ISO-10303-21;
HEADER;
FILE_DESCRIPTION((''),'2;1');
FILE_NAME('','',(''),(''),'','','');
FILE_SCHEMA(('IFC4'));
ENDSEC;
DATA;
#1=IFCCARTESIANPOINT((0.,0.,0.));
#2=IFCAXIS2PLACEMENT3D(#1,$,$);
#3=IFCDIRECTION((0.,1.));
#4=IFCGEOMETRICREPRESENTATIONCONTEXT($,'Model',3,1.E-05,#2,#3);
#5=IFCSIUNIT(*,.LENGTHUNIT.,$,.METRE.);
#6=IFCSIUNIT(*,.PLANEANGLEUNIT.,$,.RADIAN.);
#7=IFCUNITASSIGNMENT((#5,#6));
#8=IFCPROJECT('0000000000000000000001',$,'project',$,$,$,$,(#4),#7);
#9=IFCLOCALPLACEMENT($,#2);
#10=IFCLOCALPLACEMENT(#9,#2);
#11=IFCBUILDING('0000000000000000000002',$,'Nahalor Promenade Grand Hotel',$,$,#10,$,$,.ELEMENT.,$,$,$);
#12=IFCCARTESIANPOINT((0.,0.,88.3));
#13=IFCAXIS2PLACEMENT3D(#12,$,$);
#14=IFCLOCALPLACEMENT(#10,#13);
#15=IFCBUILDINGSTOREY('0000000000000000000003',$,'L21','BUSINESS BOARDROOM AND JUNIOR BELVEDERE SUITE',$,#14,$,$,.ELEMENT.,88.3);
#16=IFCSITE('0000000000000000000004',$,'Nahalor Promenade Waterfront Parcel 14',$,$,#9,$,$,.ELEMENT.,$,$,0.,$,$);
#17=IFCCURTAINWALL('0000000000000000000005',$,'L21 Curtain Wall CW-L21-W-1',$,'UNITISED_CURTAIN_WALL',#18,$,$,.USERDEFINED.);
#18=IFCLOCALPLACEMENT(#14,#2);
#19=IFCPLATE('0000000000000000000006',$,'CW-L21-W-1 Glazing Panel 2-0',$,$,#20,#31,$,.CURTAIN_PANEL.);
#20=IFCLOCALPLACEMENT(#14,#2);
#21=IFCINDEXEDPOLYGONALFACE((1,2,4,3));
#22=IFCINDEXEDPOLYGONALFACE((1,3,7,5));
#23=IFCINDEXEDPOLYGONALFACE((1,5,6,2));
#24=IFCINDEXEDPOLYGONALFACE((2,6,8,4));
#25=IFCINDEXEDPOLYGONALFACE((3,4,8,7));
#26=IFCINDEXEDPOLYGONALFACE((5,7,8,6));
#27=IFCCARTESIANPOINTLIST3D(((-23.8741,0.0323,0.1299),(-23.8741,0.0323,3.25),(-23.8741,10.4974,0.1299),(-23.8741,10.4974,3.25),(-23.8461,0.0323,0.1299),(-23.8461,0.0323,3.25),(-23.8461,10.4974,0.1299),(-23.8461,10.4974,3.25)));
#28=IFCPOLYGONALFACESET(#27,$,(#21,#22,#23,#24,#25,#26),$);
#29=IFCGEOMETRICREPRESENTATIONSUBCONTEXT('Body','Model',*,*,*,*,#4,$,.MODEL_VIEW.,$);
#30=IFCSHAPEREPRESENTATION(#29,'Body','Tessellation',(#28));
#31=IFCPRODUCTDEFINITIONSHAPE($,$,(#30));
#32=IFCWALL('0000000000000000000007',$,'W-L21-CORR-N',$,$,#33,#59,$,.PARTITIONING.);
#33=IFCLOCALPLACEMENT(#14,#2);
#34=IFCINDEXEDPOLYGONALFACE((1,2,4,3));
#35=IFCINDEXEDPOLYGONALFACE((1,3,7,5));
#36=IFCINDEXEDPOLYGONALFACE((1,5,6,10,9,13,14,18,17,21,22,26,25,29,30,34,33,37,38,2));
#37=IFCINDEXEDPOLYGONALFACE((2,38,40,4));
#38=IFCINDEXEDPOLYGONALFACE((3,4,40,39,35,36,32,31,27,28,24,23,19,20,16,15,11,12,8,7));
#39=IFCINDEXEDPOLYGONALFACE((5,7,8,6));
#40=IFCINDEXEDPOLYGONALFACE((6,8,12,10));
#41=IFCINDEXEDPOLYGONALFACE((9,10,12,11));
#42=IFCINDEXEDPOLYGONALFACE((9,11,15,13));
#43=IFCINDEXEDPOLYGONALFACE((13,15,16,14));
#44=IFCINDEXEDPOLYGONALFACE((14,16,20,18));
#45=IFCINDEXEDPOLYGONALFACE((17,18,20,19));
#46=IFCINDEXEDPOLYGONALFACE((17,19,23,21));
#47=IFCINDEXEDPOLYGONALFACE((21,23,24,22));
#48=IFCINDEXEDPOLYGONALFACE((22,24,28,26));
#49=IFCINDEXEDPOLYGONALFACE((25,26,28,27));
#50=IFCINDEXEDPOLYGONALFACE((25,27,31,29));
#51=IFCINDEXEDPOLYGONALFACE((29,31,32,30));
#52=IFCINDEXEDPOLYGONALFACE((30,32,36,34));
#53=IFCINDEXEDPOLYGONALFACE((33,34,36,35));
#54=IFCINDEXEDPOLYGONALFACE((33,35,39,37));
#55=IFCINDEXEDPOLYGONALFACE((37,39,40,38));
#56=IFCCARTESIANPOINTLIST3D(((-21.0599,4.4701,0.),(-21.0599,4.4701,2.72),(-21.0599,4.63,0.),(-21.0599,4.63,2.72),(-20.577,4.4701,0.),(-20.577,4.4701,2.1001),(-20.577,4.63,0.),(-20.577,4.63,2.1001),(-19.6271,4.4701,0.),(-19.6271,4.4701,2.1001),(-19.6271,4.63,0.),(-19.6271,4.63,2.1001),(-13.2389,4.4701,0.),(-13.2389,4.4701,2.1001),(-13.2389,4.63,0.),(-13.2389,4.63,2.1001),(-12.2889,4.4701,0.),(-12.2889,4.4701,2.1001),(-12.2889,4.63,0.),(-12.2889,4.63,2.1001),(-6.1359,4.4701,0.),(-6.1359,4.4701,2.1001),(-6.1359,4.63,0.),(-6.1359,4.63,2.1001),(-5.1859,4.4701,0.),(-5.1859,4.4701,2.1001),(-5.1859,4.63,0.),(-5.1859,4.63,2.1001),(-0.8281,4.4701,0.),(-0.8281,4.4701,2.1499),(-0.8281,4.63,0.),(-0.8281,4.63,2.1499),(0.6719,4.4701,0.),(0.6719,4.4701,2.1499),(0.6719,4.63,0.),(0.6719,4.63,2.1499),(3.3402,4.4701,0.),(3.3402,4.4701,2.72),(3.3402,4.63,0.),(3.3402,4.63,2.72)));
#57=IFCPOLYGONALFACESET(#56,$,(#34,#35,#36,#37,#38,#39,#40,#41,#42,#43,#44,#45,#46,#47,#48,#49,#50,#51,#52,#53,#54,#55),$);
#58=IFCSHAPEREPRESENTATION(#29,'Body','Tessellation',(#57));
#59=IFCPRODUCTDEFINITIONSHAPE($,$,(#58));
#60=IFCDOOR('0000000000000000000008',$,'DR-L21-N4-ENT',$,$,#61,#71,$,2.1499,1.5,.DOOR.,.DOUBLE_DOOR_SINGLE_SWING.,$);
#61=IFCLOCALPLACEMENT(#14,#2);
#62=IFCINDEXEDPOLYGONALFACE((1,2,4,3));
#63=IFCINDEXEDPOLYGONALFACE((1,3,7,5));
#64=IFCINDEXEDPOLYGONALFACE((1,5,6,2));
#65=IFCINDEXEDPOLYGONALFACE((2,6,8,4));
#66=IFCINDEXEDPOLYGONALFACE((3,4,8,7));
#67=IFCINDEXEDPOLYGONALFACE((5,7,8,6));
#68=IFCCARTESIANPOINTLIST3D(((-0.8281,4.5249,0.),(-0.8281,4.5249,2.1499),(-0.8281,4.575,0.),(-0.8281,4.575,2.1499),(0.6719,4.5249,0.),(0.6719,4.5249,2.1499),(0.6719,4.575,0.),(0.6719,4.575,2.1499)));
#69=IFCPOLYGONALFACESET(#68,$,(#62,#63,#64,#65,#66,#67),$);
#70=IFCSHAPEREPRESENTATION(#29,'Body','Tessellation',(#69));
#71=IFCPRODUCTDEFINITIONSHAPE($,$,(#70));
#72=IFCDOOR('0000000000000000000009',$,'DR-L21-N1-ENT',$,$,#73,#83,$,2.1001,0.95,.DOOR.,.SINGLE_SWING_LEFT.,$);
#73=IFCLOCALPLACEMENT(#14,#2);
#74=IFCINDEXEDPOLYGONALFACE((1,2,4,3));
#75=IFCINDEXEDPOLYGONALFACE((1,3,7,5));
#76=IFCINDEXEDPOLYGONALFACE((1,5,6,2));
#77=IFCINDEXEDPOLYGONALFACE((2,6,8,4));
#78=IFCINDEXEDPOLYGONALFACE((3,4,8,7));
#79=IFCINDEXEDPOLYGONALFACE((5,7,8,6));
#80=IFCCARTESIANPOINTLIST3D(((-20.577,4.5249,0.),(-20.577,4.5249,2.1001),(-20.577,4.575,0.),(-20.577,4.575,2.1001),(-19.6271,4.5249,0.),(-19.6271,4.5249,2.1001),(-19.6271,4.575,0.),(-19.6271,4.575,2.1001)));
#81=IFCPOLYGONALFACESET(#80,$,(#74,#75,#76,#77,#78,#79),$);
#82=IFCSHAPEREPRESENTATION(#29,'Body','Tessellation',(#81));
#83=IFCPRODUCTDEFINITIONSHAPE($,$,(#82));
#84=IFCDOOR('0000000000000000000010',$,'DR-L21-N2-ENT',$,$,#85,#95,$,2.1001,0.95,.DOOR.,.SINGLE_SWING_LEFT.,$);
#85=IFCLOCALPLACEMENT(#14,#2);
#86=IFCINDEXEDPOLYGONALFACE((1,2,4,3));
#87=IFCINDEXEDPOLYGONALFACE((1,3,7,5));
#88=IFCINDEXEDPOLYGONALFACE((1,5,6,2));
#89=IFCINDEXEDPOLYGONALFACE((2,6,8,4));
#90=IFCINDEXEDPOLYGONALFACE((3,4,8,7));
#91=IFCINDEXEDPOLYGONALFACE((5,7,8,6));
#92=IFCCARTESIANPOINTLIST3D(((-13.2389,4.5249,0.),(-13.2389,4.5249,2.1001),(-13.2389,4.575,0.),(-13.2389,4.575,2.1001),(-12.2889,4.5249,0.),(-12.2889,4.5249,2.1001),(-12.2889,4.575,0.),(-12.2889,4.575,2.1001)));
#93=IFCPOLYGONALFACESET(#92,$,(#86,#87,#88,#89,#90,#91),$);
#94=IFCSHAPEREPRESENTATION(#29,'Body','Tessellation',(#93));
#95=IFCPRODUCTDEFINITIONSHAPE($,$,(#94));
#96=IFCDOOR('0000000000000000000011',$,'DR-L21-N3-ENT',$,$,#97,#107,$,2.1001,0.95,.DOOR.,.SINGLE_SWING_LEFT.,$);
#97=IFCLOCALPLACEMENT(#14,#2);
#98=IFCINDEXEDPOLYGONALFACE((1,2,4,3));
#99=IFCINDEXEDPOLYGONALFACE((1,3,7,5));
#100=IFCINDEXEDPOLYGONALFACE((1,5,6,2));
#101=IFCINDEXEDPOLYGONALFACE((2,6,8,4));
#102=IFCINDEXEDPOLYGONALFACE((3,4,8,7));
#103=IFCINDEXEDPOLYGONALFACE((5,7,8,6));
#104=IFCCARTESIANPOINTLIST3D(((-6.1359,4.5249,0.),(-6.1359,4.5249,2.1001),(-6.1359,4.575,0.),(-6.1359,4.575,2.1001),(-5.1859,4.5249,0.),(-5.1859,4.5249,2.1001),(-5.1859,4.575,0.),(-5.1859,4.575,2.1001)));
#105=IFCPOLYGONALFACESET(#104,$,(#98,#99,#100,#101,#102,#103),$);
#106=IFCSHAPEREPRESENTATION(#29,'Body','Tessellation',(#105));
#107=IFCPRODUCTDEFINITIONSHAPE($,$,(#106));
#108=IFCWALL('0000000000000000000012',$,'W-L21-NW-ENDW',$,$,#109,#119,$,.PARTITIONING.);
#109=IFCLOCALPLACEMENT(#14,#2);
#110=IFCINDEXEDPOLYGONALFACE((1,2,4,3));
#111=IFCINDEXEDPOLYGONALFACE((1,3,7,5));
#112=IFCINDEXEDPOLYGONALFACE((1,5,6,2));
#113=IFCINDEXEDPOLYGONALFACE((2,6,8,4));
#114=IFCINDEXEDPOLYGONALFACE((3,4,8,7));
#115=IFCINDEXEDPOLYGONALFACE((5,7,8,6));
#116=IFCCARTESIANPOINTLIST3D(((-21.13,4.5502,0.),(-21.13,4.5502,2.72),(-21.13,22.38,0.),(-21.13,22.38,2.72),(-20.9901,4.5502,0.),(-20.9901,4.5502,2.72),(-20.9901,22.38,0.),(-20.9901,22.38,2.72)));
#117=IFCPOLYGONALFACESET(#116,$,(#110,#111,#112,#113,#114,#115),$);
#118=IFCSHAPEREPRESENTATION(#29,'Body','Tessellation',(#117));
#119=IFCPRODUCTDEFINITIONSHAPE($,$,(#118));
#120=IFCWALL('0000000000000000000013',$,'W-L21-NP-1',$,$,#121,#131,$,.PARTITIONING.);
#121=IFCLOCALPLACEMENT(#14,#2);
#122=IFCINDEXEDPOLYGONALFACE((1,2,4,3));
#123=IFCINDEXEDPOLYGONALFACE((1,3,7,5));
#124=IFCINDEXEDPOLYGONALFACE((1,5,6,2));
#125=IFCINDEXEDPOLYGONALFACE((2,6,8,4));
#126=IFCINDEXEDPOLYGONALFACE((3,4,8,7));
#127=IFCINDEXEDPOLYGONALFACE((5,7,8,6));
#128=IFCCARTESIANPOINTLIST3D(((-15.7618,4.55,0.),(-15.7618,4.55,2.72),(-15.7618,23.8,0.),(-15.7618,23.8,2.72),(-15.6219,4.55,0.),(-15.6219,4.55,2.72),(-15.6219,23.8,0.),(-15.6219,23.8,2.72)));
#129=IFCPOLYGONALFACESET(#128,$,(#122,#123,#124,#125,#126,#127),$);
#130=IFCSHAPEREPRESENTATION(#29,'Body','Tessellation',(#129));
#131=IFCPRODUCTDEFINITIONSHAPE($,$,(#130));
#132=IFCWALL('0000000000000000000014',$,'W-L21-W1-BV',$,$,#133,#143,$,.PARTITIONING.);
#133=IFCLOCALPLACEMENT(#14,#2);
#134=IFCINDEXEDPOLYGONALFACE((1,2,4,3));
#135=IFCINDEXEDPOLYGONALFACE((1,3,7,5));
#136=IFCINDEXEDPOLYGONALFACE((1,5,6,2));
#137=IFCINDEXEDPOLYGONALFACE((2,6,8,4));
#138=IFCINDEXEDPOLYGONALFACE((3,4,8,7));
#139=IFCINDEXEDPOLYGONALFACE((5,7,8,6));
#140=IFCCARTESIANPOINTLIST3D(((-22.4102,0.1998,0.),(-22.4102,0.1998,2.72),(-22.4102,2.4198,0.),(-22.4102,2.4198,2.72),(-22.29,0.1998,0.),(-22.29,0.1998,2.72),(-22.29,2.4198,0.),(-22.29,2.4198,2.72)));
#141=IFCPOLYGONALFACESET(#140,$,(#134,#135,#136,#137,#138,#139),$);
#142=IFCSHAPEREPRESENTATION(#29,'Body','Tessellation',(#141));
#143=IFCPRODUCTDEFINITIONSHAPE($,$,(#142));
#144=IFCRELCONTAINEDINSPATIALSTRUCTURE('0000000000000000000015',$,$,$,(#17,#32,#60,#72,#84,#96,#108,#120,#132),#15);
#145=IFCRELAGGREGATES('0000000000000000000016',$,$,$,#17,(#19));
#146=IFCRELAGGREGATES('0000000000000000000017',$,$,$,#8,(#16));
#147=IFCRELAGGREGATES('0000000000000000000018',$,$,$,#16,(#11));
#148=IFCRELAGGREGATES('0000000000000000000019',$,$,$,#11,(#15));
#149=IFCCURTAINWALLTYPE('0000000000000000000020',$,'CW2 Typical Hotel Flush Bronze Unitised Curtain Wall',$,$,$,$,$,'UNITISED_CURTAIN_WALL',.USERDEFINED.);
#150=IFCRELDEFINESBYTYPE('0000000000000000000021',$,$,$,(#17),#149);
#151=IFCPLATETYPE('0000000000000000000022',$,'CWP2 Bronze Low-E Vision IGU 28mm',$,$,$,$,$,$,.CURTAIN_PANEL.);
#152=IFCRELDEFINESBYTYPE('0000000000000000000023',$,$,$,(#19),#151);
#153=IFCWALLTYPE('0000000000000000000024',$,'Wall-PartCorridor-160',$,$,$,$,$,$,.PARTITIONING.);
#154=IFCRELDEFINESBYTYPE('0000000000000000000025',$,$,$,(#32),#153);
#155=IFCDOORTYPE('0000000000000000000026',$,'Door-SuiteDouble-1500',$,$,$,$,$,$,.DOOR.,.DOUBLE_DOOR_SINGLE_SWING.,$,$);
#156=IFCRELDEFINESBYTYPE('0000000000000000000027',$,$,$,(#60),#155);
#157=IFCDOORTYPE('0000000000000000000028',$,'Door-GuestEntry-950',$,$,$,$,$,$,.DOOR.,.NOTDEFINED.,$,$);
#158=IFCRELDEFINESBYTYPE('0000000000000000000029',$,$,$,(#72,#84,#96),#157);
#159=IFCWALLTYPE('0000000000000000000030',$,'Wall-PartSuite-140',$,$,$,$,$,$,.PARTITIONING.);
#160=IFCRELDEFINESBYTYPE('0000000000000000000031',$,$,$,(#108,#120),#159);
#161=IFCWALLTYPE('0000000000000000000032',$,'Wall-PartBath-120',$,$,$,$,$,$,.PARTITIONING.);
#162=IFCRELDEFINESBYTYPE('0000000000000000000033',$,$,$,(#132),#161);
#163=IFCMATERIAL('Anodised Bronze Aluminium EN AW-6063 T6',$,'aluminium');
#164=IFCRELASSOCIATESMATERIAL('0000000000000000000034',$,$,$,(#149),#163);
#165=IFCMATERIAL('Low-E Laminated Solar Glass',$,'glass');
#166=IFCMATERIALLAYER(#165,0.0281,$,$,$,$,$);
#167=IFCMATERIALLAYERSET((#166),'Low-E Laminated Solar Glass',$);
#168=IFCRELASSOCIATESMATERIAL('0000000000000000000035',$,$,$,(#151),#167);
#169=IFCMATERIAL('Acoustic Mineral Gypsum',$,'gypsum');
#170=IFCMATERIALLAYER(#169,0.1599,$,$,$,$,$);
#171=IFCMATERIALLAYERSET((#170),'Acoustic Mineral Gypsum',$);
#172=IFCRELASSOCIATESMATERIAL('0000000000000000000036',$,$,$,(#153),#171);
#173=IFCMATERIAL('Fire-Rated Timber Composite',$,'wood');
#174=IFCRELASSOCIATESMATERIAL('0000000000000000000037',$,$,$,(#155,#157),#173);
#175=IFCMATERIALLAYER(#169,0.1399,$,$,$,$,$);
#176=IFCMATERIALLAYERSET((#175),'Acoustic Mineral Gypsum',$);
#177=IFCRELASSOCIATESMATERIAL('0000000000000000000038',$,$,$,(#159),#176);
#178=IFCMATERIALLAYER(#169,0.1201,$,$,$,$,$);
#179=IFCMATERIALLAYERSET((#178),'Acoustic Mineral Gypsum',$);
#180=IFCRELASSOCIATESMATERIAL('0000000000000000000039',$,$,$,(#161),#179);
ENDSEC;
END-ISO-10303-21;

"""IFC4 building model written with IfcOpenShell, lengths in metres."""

from ifc_helpers import new_model, si_unit, direction, frame, frame_2d, origin, origin_2d, place, context, subcontext, project, spatial, rectangle, extrude, source, transform, mapped, material, layer, layer_set, type_object, element, fill, aggregate, save


model = new_model("IFC4")

# Units and contexts
model_context = context("Model", 3, precision=1e-05, world=origin(), true_north=direction((0.0, 1.0)))
body_context = subcontext(model_context, "Body", "Model", "MODEL_VIEW")
ifc_project = project(units=[si_unit("LENGTHUNIT", "METRE"), si_unit("PLANEANGLEUNIT", "RADIAN")], contexts=[model_context])

# Site, building, storey
site_placement = place(None, origin())
site = spatial("IfcSite", under=ifc_project, at=site_placement, Name="Nahalor Promenade Waterfront Parcel 14", CompositionType="ELEMENT", RefElevation=0.0)
building_placement = place(site_placement, origin())
building = spatial("IfcBuilding", under=site, at=building_placement, Name="Nahalor Promenade Grand Hotel", CompositionType="ELEMENT")
storey_placement = place(building_placement, frame((0.0, 0.0, 88.3)))
storey = spatial("IfcBuildingStorey", under=building, at=storey_placement, Name="L21", Description="BUSINESS BOARDROOM AND JUNIOR BELVEDERE SUITE", CompositionType="ELEMENT", Elevation=88.3)

# Curtain wall, plate
ifc_material_1 = material(Name="Anodised Bronze Aluminium EN AW-6063 T6", Category="aluminium")
curtain_wall_type = type_object("IfcCurtainWallType", Name="CW2 Typical Hotel Flush Bronze Unitised Curtain Wall", ElementType="UNITISED_CURTAIN_WALL", PredefinedType="USERDEFINED", material=ifc_material_1)
curtain_wall_placement = place(storey_placement, origin())
curtain_wall = element("IfcCurtainWall", 1, at=curtain_wall_placement, inside=storey, type_object=curtain_wall_type, Name="L21 Curtain Wall CW-L21-W-1", ObjectType="UNITISED_CURTAIN_WALL", PredefinedType="USERDEFINED")
ifc_material_2 = material(Name="Low-E Laminated Solar Glass", Category="glass")
ifc_layer_1 = layer(ifc_material_2, 0.0281)
ifc_layer_set_1 = layer_set([ifc_layer_1], Name="Low-E Laminated Solar Glass")
plate_type = type_object("IfcPlateType", Name="CWP2 Bronze Low-E Vision IGU 28mm", PredefinedType="CURTAIN_PANEL", material=ifc_layer_set_1)
shared_shape_1 = source(origin(), body_context, "Body", "SweptSolid", [
    extrude(rectangle(XDim=10.4651, YDim=0.0281, at=origin_2d()), origin(), (0.0, 0.0, 1.0), 3.1201),
])
plate_1_placement = place(storey_placement, frame((-23.8601, 5.2649, 0.1299), z_axis=(0.0, 0.0, 1.0), x_axis=(0.0, 1.0, 0.0)))
plate_1 = element("IfcPlate", 2, at=plate_1_placement, type_object=plate_type, Name="CW-L21-W-1 Glazing Panel 2-0", PredefinedType="CURTAIN_PANEL", context=body_context, shape_type="MappedRepresentation", body=[
    mapped(shared_shape_1, transform((0.0, 0.0, 0.0), scale=1.0)),
])
aggregate(curtain_wall, [plate_1])

# Wall, openings, doors
ifc_material_3 = material(Name="Acoustic Mineral Gypsum", Category="gypsum")
ifc_layer_2 = layer(ifc_material_3, 0.1599)
ifc_layer_set_2 = layer_set([ifc_layer_2], Name="Acoustic Mineral Gypsum")
wall_type_1 = type_object("IfcWallType", Name="Wall-PartCorridor-160", PredefinedType="PARTITIONING", material=ifc_layer_set_2)
shared_shape_2 = source(origin(), body_context, "Body", "SweptSolid", [
    extrude(rectangle(XDim=24.4001, YDim=0.1599, at=frame_2d((12.2002, 0.0))), origin(), (0.0, 0.0, 1.0), 2.72),
])
wall_1_placement = place(storey_placement, frame((-21.0601, 4.55, 0.0), z_axis=(0.0, 0.0, 1.0), x_axis=(1.0, 0.0, 0.0)))
wall_1 = element("IfcWall", 3, at=wall_1_placement, inside=storey, type_object=wall_type_1, Name="W-L21-CORR-N", PredefinedType="PARTITIONING", context=body_context, shape_type="MappedRepresentation", body=[
    mapped(shared_shape_2, transform((0.0, 0.0, 0.0), scale=1.0)),
])
opening_1_placement = place(wall_1_placement, frame((0.4829, 0.0, 0.0)))
opening_1 = element("IfcOpeningElement", 4, at=opening_1_placement, cuts=wall_1, PredefinedType="OPENING", context=body_context, shape_type="SweptSolid", body=[
    extrude(rectangle(XDim=0.95, YDim=2.1001, at=frame_2d((0.4751, 1.05))), frame((0.0, 0.0898, 0.0), z_axis=(0.0, -1.0, 0.0), x_axis=(1.0, 0.0, 0.0)), (0.0, 0.0, 1.0), 0.1799),
])
opening_2_placement = place(wall_1_placement, frame((7.821, 0.0, 0.0)))
opening_2 = element("IfcOpeningElement", 5, at=opening_2_placement, cuts=wall_1, PredefinedType="OPENING", context=body_context, shape_type="SweptSolid", body=[
    extrude(rectangle(XDim=0.95, YDim=2.1001, at=frame_2d((0.4751, 1.05))), frame((0.0, 0.0898, 0.0), z_axis=(0.0, -1.0, 0.0), x_axis=(1.0, 0.0, 0.0)), (0.0, 0.0, 1.0), 0.1799),
])
opening_3_placement = place(wall_1_placement, frame((14.9241, 0.0, 0.0)))
opening_3 = element("IfcOpeningElement", 6, at=opening_3_placement, cuts=wall_1, PredefinedType="OPENING", context=body_context, shape_type="SweptSolid", body=[
    extrude(rectangle(XDim=0.95, YDim=2.1001, at=frame_2d((0.4751, 1.05))), frame((0.0, 0.0898, 0.0), z_axis=(0.0, -1.0, 0.0), x_axis=(1.0, 0.0, 0.0)), (0.0, 0.0, 1.0), 0.1799),
])
opening_4_placement = place(wall_1_placement, frame((20.2319, 0.0, 0.0)))
opening_4 = element("IfcOpeningElement", 7, at=opening_4_placement, cuts=wall_1, PredefinedType="OPENING", context=body_context, shape_type="SweptSolid", body=[
    extrude(rectangle(XDim=1.5, YDim=2.1499, at=frame_2d((0.75, 1.075))), frame((0.0, 0.0898, 0.0), z_axis=(0.0, -1.0, 0.0), x_axis=(1.0, 0.0, 0.0)), (0.0, 0.0, 1.0), 0.1799),
])
ifc_material_4 = material(Name="Fire-Rated Timber Composite", Category="wood")
door_type_1 = type_object("IfcDoorType", Name="Door-SuiteDouble-1500", OperationType="DOUBLE_DOOR_SINGLE_SWING", PredefinedType="DOOR", material=ifc_material_4)
shared_shape_3 = source(origin(), body_context, "Body", "SweptSolid", [
    extrude(rectangle(XDim=1.5, YDim=2.1499, at=frame_2d((0.75, 1.075))), frame((0.0, 0.0249, 0.0), z_axis=(0.0, -1.0, 0.0), x_axis=(1.0, 0.0, 0.0)), (0.0, 0.0, 1.0), 0.05),
])
door_1_placement = place(opening_4_placement, origin())
door_1 = element("IfcDoor", 8, at=door_1_placement, inside=storey, type_object=door_type_1, Name="DR-L21-N4-ENT", OperationType="DOUBLE_DOOR_SINGLE_SWING", OverallHeight=2.1499, OverallWidth=1.5, PredefinedType="DOOR", context=body_context, shape_type="MappedRepresentation", body=[
    mapped(shared_shape_3, transform((0.0, 0.0, 0.0), scale=1.0)),
])
fill(opening_4, door_1)
door_type_2 = type_object("IfcDoorType", Name="Door-GuestEntry-950", OperationType="NOTDEFINED", PredefinedType="DOOR", material=ifc_material_4)
shared_shape_4 = source(origin(), body_context, "Body", "SweptSolid", [
    extrude(rectangle(XDim=0.95, YDim=2.1001, at=frame_2d((0.4751, 1.05))), frame((0.0, 0.0249, 0.0), z_axis=(0.0, -1.0, 0.0), x_axis=(1.0, 0.0, 0.0)), (0.0, 0.0, 1.0), 0.05),
])
door_2_placement = place(opening_1_placement, origin())
door_2 = element("IfcDoor", 9, at=door_2_placement, inside=storey, type_object=door_type_2, Name="DR-L21-N1-ENT", OperationType="SINGLE_SWING_LEFT", OverallHeight=2.1001, OverallWidth=0.95, PredefinedType="DOOR", context=body_context, shape_type="MappedRepresentation", body=[
    mapped(shared_shape_4, transform((0.0, 0.0, 0.0), scale=1.0)),
])
fill(opening_1, door_2)
door_3_placement = place(opening_2_placement, origin())
door_3 = element("IfcDoor", 10, at=door_3_placement, inside=storey, type_object=door_type_2, Name="DR-L21-N2-ENT", OperationType="SINGLE_SWING_LEFT", OverallHeight=2.1001, OverallWidth=0.95, PredefinedType="DOOR", context=body_context, shape_type="MappedRepresentation", body=[
    mapped(shared_shape_4, transform((0.0, 0.0, 0.0), scale=1.0)),
])
fill(opening_2, door_3)
door_4_placement = place(opening_3_placement, origin())
door_4 = element("IfcDoor", 11, at=door_4_placement, inside=storey, type_object=door_type_2, Name="DR-L21-N3-ENT", OperationType="SINGLE_SWING_LEFT", OverallHeight=2.1001, OverallWidth=0.95, PredefinedType="DOOR", context=body_context, shape_type="MappedRepresentation", body=[
    mapped(shared_shape_4, transform((0.0, 0.0, 0.0), scale=1.0)),
])
fill(opening_3, door_4)

# Walls
ifc_layer_3 = layer(ifc_material_3, 0.1399)
ifc_layer_set_3 = layer_set([ifc_layer_3], Name="Acoustic Mineral Gypsum")
wall_type_2 = type_object("IfcWallType", Name="Wall-PartSuite-140", PredefinedType="PARTITIONING", material=ifc_layer_set_3)
shared_shape_5 = source(origin(), body_context, "Body", "SweptSolid", [
    extrude(rectangle(XDim=17.8298, YDim=0.1399, at=frame_2d((8.915, 0.0))), origin(), (0.0, 0.0, 1.0), 2.72),
])
wall_2_placement = place(storey_placement, frame((-21.0601, 4.55, 0.0), z_axis=(0.0, 0.0, 1.0), x_axis=(0.0, 1.0, 0.0)))
element("IfcWall", 12, at=wall_2_placement, inside=storey, type_object=wall_type_2, Name="W-L21-NW-ENDW", PredefinedType="PARTITIONING", context=body_context, shape_type="MappedRepresentation", body=[
    mapped(shared_shape_5, transform((0.0, 0.0, 0.0), scale=1.0)),
])
shared_shape_6 = source(origin(), body_context, "Body", "SweptSolid", [
    extrude(rectangle(XDim=19.25, YDim=0.1399, at=frame_2d((9.625, 0.0))), origin(), (0.0, 0.0, 1.0), 2.72),
])
wall_3_placement = place(storey_placement, frame((-15.6919, 4.55, 0.0), z_axis=(0.0, 0.0, 1.0), x_axis=(0.0, 1.0, 0.0)))
element("IfcWall", 13, at=wall_3_placement, inside=storey, type_object=wall_type_2, Name="W-L21-NP-1", PredefinedType="PARTITIONING", context=body_context, shape_type="MappedRepresentation", body=[
    mapped(shared_shape_6, transform((0.0, 0.0, 0.0), scale=1.0)),
])
ifc_layer_4 = layer(ifc_material_3, 0.1201)
ifc_layer_set_4 = layer_set([ifc_layer_4], Name="Acoustic Mineral Gypsum")
wall_type_3 = type_object("IfcWallType", Name="Wall-PartBath-120", PredefinedType="PARTITIONING", material=ifc_layer_set_4)
shared_shape_7 = source(origin(), body_context, "Body", "SweptSolid", [
    extrude(rectangle(XDim=2.22, YDim=0.1201, at=frame_2d((1.1099, 0.0))), origin(), (0.0, 0.0, 1.0), 2.72),
])
wall_4_placement = place(storey_placement, frame((-22.3501, 0.2, 0.0), z_axis=(0.0, 0.0, 1.0), x_axis=(0.0, 1.0, 0.0)))
element("IfcWall", 14, at=wall_4_placement, inside=storey, type_object=wall_type_3, Name="W-L21-W1-BV", PredefinedType="PARTITIONING", context=body_context, shape_type="MappedRepresentation", body=[
    mapped(shared_shape_7, transform((0.0, 0.0, 0.0), scale=1.0)),
])

save(model, "model.ifc")
